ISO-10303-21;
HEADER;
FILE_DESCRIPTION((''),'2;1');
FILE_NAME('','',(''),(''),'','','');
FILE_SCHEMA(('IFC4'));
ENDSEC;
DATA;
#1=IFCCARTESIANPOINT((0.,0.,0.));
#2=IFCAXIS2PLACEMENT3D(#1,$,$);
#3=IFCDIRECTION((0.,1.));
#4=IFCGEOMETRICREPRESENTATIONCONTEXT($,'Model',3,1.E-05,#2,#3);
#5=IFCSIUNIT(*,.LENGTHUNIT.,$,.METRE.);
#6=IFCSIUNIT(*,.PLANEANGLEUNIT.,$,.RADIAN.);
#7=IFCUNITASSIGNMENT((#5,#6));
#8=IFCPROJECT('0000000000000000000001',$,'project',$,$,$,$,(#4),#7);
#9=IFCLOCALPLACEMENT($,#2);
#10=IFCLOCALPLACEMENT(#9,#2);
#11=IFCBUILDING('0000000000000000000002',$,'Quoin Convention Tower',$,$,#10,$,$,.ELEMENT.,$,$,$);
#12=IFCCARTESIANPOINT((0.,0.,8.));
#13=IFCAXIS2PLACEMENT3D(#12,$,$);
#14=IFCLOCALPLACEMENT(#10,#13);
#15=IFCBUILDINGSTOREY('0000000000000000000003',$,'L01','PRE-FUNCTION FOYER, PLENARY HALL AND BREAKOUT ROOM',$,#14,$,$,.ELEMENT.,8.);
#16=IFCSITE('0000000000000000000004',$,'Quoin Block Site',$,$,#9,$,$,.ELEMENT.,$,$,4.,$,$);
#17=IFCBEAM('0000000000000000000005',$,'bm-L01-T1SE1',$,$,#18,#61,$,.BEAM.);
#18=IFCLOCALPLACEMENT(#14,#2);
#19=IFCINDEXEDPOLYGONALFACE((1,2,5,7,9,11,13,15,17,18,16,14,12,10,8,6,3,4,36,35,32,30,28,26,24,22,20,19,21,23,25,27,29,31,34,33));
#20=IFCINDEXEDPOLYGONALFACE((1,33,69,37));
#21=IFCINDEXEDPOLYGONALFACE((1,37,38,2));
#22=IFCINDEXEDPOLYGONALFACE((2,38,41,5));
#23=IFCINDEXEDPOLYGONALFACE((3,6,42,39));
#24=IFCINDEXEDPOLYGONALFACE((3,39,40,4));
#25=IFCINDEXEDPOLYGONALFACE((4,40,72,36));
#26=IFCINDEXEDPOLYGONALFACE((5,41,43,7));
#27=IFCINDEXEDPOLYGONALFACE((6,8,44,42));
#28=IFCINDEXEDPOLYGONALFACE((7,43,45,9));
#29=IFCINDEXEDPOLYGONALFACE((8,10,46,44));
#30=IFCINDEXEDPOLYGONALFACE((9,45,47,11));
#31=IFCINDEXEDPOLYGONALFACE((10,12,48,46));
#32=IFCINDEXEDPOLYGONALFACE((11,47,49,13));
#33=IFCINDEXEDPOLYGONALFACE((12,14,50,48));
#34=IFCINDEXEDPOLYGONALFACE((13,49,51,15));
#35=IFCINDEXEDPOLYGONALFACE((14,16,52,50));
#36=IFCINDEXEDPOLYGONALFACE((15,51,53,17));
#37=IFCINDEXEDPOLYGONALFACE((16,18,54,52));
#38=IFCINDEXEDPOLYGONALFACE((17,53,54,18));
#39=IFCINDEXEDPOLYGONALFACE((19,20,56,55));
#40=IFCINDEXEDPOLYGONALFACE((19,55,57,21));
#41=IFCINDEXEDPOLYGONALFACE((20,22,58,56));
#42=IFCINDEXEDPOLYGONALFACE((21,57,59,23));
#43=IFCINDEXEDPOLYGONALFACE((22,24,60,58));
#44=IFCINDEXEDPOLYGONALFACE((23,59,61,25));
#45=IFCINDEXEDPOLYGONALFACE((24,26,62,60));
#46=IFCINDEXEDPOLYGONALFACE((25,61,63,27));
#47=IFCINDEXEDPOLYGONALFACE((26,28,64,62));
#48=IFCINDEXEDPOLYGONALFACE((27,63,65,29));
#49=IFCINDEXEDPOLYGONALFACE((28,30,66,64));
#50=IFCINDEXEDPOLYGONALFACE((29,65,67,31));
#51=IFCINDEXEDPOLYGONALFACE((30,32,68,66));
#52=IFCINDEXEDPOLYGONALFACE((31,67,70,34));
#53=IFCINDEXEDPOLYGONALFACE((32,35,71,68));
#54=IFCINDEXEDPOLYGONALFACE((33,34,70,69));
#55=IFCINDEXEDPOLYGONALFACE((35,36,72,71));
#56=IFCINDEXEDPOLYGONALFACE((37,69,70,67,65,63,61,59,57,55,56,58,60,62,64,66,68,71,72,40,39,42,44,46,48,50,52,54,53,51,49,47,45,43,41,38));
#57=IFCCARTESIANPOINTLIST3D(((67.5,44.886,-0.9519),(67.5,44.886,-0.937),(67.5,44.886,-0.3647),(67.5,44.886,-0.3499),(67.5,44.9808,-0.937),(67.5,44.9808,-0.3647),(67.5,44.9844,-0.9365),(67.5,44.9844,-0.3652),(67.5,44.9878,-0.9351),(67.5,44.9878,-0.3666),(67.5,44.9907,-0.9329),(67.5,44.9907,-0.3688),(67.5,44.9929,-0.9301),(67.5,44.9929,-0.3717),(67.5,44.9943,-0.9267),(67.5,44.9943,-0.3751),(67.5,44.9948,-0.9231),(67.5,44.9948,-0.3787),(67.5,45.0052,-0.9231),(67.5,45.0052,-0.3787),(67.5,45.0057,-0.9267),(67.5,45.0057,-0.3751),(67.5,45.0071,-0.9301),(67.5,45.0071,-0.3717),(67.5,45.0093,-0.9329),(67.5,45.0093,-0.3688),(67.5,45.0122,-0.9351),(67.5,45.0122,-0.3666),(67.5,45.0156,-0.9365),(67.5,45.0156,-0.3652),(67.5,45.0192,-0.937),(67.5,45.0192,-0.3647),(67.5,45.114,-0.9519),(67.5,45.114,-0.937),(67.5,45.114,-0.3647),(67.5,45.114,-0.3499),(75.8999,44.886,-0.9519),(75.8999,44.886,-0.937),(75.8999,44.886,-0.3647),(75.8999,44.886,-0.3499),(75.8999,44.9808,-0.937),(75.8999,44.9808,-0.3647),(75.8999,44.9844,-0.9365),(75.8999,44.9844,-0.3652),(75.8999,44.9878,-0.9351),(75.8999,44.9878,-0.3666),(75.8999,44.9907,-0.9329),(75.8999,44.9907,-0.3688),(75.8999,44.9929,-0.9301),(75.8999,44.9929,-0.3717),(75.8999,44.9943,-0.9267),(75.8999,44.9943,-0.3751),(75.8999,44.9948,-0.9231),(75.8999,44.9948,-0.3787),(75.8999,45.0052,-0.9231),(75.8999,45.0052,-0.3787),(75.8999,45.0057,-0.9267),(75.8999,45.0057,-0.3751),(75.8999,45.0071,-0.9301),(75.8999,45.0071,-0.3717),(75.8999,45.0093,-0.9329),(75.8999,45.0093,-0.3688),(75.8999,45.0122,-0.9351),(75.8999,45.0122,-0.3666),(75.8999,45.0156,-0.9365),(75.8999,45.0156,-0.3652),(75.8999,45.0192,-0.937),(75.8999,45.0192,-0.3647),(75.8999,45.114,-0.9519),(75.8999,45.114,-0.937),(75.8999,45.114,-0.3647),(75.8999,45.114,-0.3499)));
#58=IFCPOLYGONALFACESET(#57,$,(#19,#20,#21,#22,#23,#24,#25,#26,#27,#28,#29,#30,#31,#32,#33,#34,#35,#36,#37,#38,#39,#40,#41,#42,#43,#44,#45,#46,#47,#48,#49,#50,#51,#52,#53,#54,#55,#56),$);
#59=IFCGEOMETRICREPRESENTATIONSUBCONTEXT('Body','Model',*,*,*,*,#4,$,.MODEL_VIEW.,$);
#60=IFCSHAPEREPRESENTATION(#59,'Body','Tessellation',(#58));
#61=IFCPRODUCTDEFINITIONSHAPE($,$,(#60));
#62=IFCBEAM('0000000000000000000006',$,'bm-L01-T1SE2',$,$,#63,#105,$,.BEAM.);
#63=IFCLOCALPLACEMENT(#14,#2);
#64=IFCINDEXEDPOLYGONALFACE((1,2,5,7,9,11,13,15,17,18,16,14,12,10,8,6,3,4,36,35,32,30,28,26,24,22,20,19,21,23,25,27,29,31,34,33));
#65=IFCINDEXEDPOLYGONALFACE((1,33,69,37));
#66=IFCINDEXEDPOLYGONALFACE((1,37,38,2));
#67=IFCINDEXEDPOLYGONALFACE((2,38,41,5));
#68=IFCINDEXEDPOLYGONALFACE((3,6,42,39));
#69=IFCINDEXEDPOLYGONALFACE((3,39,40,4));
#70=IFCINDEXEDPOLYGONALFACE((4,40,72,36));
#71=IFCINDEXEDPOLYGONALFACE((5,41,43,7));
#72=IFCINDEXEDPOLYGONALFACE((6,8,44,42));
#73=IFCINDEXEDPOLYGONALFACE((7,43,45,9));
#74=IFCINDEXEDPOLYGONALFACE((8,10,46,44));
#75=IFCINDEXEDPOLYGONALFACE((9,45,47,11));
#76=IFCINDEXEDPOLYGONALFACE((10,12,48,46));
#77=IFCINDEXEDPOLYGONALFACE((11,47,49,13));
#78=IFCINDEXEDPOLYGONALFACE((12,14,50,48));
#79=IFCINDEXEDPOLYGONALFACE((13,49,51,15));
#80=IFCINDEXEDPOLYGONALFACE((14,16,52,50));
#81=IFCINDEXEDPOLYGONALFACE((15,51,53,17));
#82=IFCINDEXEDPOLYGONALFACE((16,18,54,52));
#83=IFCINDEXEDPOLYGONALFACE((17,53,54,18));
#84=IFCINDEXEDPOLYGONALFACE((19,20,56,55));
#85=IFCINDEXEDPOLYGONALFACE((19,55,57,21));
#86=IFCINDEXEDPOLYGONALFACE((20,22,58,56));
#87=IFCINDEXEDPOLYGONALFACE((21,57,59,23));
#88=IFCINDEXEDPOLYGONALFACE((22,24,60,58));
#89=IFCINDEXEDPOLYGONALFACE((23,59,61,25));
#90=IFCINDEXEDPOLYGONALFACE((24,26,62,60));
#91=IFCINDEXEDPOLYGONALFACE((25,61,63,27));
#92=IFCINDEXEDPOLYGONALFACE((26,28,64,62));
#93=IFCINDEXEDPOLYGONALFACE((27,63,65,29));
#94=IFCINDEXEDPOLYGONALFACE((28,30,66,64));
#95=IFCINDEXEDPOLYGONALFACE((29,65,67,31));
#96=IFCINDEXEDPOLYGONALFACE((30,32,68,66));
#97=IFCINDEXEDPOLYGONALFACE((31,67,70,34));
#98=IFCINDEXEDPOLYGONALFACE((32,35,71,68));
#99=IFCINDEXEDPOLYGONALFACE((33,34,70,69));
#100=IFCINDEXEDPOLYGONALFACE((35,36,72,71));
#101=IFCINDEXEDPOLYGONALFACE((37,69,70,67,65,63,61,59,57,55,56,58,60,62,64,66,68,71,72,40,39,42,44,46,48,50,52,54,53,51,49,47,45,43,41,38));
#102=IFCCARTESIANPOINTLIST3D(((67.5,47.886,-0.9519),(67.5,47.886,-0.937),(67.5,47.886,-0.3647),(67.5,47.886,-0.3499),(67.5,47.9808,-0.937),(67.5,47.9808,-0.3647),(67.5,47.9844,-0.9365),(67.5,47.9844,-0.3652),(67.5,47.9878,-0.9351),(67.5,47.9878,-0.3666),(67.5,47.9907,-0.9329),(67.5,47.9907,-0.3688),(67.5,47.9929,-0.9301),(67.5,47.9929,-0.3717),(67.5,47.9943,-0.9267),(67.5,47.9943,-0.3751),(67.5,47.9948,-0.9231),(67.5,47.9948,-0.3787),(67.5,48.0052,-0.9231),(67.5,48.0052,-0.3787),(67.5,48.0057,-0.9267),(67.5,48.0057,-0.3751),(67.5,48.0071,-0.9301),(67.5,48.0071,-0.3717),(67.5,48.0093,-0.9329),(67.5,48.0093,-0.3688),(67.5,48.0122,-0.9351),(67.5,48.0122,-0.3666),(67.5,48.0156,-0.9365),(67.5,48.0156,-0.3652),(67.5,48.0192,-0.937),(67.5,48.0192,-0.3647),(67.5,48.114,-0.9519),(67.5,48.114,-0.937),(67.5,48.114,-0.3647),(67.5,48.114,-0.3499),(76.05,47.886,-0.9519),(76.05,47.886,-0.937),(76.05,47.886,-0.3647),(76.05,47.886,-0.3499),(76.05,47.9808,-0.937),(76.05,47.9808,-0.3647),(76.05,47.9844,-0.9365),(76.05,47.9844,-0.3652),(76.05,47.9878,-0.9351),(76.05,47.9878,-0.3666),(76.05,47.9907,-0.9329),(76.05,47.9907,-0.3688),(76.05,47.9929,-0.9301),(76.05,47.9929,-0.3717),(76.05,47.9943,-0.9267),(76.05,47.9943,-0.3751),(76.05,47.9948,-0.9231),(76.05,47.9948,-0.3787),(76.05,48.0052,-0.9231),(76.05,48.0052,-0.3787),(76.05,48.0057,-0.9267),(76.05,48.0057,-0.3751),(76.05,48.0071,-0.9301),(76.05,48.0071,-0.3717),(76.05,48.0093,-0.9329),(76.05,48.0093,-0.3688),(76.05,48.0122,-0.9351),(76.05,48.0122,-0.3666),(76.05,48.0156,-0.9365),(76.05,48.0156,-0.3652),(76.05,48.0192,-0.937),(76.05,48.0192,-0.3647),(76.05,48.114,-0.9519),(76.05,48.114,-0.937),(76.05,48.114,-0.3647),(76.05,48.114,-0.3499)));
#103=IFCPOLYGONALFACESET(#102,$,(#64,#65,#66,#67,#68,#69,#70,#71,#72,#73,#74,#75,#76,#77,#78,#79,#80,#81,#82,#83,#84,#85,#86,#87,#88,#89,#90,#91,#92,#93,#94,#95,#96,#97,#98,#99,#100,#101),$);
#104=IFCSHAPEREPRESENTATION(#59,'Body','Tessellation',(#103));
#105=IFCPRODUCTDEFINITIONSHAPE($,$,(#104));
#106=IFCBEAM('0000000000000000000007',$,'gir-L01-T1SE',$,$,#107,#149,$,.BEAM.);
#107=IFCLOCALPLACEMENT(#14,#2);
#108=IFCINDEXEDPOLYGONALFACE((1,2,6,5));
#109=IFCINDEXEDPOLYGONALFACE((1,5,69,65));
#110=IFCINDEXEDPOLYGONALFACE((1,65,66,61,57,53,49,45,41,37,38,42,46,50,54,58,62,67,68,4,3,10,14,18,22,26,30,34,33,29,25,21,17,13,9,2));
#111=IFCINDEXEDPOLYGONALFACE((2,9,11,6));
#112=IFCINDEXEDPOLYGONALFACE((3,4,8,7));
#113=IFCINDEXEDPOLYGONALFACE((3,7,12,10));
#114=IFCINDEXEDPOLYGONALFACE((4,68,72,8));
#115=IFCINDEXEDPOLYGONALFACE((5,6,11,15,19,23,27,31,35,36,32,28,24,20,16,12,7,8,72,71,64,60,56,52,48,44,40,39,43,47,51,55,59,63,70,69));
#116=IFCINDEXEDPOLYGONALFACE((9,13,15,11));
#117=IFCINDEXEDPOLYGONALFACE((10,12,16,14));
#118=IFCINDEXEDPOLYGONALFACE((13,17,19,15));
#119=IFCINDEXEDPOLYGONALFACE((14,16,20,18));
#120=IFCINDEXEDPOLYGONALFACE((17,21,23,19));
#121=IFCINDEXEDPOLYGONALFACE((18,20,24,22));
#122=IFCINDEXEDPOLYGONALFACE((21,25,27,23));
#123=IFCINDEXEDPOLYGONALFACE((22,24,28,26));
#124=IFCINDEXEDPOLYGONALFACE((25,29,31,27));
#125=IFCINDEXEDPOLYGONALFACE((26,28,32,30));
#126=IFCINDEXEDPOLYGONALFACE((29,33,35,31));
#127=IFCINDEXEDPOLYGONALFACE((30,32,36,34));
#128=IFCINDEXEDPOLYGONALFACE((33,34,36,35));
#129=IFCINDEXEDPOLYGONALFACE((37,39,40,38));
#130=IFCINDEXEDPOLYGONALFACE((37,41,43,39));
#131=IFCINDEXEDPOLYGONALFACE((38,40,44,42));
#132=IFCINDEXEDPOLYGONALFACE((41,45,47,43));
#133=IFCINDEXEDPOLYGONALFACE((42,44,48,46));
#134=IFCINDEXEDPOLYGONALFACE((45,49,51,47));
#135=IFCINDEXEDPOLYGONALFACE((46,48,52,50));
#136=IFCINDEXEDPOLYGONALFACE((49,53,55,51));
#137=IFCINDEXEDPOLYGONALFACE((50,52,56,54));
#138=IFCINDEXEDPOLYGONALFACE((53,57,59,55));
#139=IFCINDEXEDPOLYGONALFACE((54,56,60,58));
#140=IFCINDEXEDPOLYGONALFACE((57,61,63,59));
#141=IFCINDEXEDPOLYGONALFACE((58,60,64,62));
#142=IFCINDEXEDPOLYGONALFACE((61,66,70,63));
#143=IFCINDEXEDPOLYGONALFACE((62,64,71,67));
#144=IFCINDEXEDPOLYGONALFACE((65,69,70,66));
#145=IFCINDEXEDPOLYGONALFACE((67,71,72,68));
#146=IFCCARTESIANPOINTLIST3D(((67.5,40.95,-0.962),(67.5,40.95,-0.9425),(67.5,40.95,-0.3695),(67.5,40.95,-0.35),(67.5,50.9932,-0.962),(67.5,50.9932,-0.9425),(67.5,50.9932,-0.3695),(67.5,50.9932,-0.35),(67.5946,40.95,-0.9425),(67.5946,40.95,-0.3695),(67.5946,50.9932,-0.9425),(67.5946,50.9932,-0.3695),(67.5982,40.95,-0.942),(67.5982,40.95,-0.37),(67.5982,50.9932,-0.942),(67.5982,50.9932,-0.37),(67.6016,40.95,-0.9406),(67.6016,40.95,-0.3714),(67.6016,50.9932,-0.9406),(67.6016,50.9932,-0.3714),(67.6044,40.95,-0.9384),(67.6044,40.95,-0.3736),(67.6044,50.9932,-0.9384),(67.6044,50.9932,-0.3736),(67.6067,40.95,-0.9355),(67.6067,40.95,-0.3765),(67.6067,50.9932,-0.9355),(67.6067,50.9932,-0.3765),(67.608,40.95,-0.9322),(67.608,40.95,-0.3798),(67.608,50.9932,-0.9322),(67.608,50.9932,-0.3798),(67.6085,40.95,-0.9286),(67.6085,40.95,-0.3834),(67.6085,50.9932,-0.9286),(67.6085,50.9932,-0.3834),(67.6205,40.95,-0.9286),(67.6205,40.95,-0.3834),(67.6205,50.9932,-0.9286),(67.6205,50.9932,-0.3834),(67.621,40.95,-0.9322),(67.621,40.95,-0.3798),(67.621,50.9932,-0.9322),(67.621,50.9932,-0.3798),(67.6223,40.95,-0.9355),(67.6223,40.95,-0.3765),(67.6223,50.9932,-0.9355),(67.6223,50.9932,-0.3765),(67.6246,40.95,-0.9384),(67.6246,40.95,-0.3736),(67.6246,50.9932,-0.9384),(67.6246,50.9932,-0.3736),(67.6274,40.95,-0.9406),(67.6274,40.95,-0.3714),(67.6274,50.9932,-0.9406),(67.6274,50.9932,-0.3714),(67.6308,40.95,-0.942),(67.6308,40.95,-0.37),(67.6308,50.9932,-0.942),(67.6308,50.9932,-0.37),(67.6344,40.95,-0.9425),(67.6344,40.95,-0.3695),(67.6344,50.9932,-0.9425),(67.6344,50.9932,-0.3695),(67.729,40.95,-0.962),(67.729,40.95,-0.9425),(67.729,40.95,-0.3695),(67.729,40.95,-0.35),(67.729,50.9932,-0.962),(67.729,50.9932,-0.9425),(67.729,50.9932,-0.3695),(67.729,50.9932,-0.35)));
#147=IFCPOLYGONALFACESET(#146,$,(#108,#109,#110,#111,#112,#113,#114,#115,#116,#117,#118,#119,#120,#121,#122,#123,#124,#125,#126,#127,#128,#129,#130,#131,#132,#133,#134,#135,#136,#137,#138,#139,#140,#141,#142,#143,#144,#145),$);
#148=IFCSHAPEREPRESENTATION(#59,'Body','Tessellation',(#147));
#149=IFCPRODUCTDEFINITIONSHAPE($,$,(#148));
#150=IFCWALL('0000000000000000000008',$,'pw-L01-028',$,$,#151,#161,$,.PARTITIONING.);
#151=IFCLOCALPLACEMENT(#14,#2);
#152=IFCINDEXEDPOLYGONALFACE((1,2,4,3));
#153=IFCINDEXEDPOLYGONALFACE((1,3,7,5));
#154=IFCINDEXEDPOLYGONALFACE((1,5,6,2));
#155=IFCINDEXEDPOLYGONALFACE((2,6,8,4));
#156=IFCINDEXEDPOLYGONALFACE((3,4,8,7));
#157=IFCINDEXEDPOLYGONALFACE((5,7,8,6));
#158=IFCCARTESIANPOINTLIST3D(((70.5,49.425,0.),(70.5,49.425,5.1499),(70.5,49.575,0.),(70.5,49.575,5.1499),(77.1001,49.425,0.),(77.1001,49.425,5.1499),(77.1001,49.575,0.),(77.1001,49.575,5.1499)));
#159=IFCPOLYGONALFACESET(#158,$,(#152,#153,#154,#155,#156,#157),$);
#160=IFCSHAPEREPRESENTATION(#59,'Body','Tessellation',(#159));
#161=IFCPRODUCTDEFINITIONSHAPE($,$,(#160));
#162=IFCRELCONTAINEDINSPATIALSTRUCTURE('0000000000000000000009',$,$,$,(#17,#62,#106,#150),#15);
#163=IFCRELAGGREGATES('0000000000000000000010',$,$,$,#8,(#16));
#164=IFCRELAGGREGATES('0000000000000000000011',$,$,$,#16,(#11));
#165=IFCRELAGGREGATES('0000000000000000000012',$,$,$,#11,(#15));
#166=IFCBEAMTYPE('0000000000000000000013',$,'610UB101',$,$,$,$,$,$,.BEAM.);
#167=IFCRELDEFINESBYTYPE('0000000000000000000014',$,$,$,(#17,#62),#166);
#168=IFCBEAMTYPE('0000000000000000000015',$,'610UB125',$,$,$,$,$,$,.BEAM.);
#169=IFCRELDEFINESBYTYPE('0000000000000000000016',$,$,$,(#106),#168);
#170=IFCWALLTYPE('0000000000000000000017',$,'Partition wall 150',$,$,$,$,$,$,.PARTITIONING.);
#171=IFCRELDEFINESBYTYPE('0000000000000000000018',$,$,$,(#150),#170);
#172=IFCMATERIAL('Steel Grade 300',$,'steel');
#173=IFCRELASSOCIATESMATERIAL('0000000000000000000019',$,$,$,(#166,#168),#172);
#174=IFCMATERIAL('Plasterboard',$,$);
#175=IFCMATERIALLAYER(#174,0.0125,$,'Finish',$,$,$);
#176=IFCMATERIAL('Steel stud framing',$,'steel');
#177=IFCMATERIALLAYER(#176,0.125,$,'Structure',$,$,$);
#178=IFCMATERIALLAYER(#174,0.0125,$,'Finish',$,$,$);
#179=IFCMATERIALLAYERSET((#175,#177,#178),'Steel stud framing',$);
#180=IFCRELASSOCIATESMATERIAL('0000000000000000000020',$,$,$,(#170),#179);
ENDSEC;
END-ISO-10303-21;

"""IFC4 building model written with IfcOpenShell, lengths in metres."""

from ifc_helpers import new_model, si_unit, direction, frame, frame_2d, origin, origin_2d, place, context, subcontext, project, spatial, rectangle, i_section, extrude, material, layer, layer_set, material_profile, profile_set, type_object, element, save


model = new_model("IFC4")

# Units and contexts
model_context = context("Model", 3, precision=1e-05, world=origin(), true_north=direction((0.0, 1.0)))
body_context = subcontext(model_context, "Body", "Model", "MODEL_VIEW")
ifc_project = project(units=[si_unit("LENGTHUNIT", "METRE"), si_unit("PLANEANGLEUNIT", "RADIAN")], contexts=[model_context])

# Site, building, storey
site_placement = place(None, origin())
site = spatial("IfcSite", under=ifc_project, at=site_placement, Name="Quoin Block Site", CompositionType="ELEMENT", RefElevation=4.0)
building_placement = place(site_placement, origin())
building = spatial("IfcBuilding", under=site, at=building_placement, Name="Quoin Convention Tower", CompositionType="ELEMENT")
storey_placement = place(building_placement, frame((0.0, 0.0, 8.0)))
storey = spatial("IfcBuildingStorey", under=building, at=storey_placement, Name="L01", Description="PRE-FUNCTION FOYER, PLENARY HALL AND BREAKOUT ROOM", CompositionType="ELEMENT", Elevation=8.0)

# Beams
ifc_material_1 = material(Name="Steel Grade 300", Category="steel")
ifc_material_profile_1 = material_profile(ifc_material_1, i_section(OverallWidth=0.228, OverallDepth=0.6021, WebThickness=0.0105, FlangeThickness=0.0149, FilletRadius=0.0139, at=origin_2d()), Name="610UB101")
ifc_profile_set_1 = profile_set([ifc_material_profile_1], Name="Steel Grade 300")
beam_type_1 = type_object("IfcBeamType", Name="610UB101", PredefinedType="BEAM", material=ifc_profile_set_1)
beam_1_placement = place(storey_placement, frame((67.5, 45.0, -0.6509), z_axis=(1.0, 0.0, 0.0), x_axis=(0.0, 1.0, 0.0)))
element("IfcBeam", 1, at=beam_1_placement, inside=storey, type_object=beam_type_1, Name="bm-L01-T1SE1", PredefinedType="BEAM", context=body_context, shape_type="SweptSolid", body=[
    extrude(i_section(OverallWidth=0.228, OverallDepth=0.6021, WebThickness=0.0105, FlangeThickness=0.0149, FilletRadius=0.0139, at=origin_2d()), origin(), (0.0, 0.0, 1.0), 8.3999),
])
beam_2_placement = place(storey_placement, frame((67.5, 48.0, -0.6509), z_axis=(1.0, 0.0, 0.0), x_axis=(0.0, 1.0, 0.0)))
element("IfcBeam", 2, at=beam_2_placement, inside=storey, type_object=beam_type_1, Name="bm-L01-T1SE2", PredefinedType="BEAM", context=body_context, shape_type="SweptSolid", body=[
    extrude(i_section(OverallWidth=0.228, OverallDepth=0.6021, WebThickness=0.0105, FlangeThickness=0.0149, FilletRadius=0.0139, at=origin_2d()), origin(), (0.0, 0.0, 1.0), 8.55),
])
ifc_material_profile_2 = material_profile(ifc_material_1, i_section(OverallWidth=0.229, OverallDepth=0.6121, WebThickness=0.012, FlangeThickness=0.0195, FilletRadius=0.0139, at=origin_2d()), Name="610UB125")
ifc_profile_set_2 = profile_set([ifc_material_profile_2], Name="Steel Grade 300")
beam_type_2 = type_object("IfcBeamType", Name="610UB125", PredefinedType="BEAM", material=ifc_profile_set_2)
beam_3_placement = place(storey_placement, frame((67.6145, 40.95, -0.656), z_axis=(0.0, 1.0, 0.0), x_axis=(-1.0, 0.0, 0.0)))
element("IfcBeam", 3, at=beam_3_placement, inside=storey, type_object=beam_type_2, Name="gir-L01-T1SE", PredefinedType="BEAM", context=body_context, shape_type="SweptSolid", body=[
    extrude(i_section(OverallWidth=0.229, OverallDepth=0.6121, WebThickness=0.012, FlangeThickness=0.0195, FilletRadius=0.0139, at=origin_2d()), origin(), (0.0, 0.0, 1.0), 10.0432),
])

# Wall
ifc_material_2 = material(Name="Plasterboard")
ifc_layer_1 = layer(ifc_material_2, 0.0125, Name="Finish")
ifc_material_3 = material(Name="Steel stud framing", Category="steel")
ifc_layer_2 = layer(ifc_material_3, 0.125, Name="Structure")
ifc_layer_3 = layer(ifc_material_2, 0.0125, Name="Finish")
ifc_layer_set_1 = layer_set([ifc_layer_1, ifc_layer_2, ifc_layer_3], Name="Steel stud framing")
wall_type_1 = type_object("IfcWallType", Name="Partition wall 150", PredefinedType="PARTITIONING", material=ifc_layer_set_1)
wall_1_placement = place(storey_placement, frame((70.5, 49.5, 0.0), z_axis=(0.0, 0.0, 1.0), x_axis=(1.0, 0.0, 0.0)))
element("IfcWall", 4, at=wall_1_placement, inside=storey, type_object=wall_type_1, Name="pw-L01-028", PredefinedType="PARTITIONING", context=body_context, shape_type="SweptSolid", body=[
    extrude(rectangle(XDim=6.6001, YDim=0.1499, at=frame_2d((3.3, 0.0))), origin(), (0.0, 0.0, 1.0), 5.1499),
])

save(model, "model.ifc")
